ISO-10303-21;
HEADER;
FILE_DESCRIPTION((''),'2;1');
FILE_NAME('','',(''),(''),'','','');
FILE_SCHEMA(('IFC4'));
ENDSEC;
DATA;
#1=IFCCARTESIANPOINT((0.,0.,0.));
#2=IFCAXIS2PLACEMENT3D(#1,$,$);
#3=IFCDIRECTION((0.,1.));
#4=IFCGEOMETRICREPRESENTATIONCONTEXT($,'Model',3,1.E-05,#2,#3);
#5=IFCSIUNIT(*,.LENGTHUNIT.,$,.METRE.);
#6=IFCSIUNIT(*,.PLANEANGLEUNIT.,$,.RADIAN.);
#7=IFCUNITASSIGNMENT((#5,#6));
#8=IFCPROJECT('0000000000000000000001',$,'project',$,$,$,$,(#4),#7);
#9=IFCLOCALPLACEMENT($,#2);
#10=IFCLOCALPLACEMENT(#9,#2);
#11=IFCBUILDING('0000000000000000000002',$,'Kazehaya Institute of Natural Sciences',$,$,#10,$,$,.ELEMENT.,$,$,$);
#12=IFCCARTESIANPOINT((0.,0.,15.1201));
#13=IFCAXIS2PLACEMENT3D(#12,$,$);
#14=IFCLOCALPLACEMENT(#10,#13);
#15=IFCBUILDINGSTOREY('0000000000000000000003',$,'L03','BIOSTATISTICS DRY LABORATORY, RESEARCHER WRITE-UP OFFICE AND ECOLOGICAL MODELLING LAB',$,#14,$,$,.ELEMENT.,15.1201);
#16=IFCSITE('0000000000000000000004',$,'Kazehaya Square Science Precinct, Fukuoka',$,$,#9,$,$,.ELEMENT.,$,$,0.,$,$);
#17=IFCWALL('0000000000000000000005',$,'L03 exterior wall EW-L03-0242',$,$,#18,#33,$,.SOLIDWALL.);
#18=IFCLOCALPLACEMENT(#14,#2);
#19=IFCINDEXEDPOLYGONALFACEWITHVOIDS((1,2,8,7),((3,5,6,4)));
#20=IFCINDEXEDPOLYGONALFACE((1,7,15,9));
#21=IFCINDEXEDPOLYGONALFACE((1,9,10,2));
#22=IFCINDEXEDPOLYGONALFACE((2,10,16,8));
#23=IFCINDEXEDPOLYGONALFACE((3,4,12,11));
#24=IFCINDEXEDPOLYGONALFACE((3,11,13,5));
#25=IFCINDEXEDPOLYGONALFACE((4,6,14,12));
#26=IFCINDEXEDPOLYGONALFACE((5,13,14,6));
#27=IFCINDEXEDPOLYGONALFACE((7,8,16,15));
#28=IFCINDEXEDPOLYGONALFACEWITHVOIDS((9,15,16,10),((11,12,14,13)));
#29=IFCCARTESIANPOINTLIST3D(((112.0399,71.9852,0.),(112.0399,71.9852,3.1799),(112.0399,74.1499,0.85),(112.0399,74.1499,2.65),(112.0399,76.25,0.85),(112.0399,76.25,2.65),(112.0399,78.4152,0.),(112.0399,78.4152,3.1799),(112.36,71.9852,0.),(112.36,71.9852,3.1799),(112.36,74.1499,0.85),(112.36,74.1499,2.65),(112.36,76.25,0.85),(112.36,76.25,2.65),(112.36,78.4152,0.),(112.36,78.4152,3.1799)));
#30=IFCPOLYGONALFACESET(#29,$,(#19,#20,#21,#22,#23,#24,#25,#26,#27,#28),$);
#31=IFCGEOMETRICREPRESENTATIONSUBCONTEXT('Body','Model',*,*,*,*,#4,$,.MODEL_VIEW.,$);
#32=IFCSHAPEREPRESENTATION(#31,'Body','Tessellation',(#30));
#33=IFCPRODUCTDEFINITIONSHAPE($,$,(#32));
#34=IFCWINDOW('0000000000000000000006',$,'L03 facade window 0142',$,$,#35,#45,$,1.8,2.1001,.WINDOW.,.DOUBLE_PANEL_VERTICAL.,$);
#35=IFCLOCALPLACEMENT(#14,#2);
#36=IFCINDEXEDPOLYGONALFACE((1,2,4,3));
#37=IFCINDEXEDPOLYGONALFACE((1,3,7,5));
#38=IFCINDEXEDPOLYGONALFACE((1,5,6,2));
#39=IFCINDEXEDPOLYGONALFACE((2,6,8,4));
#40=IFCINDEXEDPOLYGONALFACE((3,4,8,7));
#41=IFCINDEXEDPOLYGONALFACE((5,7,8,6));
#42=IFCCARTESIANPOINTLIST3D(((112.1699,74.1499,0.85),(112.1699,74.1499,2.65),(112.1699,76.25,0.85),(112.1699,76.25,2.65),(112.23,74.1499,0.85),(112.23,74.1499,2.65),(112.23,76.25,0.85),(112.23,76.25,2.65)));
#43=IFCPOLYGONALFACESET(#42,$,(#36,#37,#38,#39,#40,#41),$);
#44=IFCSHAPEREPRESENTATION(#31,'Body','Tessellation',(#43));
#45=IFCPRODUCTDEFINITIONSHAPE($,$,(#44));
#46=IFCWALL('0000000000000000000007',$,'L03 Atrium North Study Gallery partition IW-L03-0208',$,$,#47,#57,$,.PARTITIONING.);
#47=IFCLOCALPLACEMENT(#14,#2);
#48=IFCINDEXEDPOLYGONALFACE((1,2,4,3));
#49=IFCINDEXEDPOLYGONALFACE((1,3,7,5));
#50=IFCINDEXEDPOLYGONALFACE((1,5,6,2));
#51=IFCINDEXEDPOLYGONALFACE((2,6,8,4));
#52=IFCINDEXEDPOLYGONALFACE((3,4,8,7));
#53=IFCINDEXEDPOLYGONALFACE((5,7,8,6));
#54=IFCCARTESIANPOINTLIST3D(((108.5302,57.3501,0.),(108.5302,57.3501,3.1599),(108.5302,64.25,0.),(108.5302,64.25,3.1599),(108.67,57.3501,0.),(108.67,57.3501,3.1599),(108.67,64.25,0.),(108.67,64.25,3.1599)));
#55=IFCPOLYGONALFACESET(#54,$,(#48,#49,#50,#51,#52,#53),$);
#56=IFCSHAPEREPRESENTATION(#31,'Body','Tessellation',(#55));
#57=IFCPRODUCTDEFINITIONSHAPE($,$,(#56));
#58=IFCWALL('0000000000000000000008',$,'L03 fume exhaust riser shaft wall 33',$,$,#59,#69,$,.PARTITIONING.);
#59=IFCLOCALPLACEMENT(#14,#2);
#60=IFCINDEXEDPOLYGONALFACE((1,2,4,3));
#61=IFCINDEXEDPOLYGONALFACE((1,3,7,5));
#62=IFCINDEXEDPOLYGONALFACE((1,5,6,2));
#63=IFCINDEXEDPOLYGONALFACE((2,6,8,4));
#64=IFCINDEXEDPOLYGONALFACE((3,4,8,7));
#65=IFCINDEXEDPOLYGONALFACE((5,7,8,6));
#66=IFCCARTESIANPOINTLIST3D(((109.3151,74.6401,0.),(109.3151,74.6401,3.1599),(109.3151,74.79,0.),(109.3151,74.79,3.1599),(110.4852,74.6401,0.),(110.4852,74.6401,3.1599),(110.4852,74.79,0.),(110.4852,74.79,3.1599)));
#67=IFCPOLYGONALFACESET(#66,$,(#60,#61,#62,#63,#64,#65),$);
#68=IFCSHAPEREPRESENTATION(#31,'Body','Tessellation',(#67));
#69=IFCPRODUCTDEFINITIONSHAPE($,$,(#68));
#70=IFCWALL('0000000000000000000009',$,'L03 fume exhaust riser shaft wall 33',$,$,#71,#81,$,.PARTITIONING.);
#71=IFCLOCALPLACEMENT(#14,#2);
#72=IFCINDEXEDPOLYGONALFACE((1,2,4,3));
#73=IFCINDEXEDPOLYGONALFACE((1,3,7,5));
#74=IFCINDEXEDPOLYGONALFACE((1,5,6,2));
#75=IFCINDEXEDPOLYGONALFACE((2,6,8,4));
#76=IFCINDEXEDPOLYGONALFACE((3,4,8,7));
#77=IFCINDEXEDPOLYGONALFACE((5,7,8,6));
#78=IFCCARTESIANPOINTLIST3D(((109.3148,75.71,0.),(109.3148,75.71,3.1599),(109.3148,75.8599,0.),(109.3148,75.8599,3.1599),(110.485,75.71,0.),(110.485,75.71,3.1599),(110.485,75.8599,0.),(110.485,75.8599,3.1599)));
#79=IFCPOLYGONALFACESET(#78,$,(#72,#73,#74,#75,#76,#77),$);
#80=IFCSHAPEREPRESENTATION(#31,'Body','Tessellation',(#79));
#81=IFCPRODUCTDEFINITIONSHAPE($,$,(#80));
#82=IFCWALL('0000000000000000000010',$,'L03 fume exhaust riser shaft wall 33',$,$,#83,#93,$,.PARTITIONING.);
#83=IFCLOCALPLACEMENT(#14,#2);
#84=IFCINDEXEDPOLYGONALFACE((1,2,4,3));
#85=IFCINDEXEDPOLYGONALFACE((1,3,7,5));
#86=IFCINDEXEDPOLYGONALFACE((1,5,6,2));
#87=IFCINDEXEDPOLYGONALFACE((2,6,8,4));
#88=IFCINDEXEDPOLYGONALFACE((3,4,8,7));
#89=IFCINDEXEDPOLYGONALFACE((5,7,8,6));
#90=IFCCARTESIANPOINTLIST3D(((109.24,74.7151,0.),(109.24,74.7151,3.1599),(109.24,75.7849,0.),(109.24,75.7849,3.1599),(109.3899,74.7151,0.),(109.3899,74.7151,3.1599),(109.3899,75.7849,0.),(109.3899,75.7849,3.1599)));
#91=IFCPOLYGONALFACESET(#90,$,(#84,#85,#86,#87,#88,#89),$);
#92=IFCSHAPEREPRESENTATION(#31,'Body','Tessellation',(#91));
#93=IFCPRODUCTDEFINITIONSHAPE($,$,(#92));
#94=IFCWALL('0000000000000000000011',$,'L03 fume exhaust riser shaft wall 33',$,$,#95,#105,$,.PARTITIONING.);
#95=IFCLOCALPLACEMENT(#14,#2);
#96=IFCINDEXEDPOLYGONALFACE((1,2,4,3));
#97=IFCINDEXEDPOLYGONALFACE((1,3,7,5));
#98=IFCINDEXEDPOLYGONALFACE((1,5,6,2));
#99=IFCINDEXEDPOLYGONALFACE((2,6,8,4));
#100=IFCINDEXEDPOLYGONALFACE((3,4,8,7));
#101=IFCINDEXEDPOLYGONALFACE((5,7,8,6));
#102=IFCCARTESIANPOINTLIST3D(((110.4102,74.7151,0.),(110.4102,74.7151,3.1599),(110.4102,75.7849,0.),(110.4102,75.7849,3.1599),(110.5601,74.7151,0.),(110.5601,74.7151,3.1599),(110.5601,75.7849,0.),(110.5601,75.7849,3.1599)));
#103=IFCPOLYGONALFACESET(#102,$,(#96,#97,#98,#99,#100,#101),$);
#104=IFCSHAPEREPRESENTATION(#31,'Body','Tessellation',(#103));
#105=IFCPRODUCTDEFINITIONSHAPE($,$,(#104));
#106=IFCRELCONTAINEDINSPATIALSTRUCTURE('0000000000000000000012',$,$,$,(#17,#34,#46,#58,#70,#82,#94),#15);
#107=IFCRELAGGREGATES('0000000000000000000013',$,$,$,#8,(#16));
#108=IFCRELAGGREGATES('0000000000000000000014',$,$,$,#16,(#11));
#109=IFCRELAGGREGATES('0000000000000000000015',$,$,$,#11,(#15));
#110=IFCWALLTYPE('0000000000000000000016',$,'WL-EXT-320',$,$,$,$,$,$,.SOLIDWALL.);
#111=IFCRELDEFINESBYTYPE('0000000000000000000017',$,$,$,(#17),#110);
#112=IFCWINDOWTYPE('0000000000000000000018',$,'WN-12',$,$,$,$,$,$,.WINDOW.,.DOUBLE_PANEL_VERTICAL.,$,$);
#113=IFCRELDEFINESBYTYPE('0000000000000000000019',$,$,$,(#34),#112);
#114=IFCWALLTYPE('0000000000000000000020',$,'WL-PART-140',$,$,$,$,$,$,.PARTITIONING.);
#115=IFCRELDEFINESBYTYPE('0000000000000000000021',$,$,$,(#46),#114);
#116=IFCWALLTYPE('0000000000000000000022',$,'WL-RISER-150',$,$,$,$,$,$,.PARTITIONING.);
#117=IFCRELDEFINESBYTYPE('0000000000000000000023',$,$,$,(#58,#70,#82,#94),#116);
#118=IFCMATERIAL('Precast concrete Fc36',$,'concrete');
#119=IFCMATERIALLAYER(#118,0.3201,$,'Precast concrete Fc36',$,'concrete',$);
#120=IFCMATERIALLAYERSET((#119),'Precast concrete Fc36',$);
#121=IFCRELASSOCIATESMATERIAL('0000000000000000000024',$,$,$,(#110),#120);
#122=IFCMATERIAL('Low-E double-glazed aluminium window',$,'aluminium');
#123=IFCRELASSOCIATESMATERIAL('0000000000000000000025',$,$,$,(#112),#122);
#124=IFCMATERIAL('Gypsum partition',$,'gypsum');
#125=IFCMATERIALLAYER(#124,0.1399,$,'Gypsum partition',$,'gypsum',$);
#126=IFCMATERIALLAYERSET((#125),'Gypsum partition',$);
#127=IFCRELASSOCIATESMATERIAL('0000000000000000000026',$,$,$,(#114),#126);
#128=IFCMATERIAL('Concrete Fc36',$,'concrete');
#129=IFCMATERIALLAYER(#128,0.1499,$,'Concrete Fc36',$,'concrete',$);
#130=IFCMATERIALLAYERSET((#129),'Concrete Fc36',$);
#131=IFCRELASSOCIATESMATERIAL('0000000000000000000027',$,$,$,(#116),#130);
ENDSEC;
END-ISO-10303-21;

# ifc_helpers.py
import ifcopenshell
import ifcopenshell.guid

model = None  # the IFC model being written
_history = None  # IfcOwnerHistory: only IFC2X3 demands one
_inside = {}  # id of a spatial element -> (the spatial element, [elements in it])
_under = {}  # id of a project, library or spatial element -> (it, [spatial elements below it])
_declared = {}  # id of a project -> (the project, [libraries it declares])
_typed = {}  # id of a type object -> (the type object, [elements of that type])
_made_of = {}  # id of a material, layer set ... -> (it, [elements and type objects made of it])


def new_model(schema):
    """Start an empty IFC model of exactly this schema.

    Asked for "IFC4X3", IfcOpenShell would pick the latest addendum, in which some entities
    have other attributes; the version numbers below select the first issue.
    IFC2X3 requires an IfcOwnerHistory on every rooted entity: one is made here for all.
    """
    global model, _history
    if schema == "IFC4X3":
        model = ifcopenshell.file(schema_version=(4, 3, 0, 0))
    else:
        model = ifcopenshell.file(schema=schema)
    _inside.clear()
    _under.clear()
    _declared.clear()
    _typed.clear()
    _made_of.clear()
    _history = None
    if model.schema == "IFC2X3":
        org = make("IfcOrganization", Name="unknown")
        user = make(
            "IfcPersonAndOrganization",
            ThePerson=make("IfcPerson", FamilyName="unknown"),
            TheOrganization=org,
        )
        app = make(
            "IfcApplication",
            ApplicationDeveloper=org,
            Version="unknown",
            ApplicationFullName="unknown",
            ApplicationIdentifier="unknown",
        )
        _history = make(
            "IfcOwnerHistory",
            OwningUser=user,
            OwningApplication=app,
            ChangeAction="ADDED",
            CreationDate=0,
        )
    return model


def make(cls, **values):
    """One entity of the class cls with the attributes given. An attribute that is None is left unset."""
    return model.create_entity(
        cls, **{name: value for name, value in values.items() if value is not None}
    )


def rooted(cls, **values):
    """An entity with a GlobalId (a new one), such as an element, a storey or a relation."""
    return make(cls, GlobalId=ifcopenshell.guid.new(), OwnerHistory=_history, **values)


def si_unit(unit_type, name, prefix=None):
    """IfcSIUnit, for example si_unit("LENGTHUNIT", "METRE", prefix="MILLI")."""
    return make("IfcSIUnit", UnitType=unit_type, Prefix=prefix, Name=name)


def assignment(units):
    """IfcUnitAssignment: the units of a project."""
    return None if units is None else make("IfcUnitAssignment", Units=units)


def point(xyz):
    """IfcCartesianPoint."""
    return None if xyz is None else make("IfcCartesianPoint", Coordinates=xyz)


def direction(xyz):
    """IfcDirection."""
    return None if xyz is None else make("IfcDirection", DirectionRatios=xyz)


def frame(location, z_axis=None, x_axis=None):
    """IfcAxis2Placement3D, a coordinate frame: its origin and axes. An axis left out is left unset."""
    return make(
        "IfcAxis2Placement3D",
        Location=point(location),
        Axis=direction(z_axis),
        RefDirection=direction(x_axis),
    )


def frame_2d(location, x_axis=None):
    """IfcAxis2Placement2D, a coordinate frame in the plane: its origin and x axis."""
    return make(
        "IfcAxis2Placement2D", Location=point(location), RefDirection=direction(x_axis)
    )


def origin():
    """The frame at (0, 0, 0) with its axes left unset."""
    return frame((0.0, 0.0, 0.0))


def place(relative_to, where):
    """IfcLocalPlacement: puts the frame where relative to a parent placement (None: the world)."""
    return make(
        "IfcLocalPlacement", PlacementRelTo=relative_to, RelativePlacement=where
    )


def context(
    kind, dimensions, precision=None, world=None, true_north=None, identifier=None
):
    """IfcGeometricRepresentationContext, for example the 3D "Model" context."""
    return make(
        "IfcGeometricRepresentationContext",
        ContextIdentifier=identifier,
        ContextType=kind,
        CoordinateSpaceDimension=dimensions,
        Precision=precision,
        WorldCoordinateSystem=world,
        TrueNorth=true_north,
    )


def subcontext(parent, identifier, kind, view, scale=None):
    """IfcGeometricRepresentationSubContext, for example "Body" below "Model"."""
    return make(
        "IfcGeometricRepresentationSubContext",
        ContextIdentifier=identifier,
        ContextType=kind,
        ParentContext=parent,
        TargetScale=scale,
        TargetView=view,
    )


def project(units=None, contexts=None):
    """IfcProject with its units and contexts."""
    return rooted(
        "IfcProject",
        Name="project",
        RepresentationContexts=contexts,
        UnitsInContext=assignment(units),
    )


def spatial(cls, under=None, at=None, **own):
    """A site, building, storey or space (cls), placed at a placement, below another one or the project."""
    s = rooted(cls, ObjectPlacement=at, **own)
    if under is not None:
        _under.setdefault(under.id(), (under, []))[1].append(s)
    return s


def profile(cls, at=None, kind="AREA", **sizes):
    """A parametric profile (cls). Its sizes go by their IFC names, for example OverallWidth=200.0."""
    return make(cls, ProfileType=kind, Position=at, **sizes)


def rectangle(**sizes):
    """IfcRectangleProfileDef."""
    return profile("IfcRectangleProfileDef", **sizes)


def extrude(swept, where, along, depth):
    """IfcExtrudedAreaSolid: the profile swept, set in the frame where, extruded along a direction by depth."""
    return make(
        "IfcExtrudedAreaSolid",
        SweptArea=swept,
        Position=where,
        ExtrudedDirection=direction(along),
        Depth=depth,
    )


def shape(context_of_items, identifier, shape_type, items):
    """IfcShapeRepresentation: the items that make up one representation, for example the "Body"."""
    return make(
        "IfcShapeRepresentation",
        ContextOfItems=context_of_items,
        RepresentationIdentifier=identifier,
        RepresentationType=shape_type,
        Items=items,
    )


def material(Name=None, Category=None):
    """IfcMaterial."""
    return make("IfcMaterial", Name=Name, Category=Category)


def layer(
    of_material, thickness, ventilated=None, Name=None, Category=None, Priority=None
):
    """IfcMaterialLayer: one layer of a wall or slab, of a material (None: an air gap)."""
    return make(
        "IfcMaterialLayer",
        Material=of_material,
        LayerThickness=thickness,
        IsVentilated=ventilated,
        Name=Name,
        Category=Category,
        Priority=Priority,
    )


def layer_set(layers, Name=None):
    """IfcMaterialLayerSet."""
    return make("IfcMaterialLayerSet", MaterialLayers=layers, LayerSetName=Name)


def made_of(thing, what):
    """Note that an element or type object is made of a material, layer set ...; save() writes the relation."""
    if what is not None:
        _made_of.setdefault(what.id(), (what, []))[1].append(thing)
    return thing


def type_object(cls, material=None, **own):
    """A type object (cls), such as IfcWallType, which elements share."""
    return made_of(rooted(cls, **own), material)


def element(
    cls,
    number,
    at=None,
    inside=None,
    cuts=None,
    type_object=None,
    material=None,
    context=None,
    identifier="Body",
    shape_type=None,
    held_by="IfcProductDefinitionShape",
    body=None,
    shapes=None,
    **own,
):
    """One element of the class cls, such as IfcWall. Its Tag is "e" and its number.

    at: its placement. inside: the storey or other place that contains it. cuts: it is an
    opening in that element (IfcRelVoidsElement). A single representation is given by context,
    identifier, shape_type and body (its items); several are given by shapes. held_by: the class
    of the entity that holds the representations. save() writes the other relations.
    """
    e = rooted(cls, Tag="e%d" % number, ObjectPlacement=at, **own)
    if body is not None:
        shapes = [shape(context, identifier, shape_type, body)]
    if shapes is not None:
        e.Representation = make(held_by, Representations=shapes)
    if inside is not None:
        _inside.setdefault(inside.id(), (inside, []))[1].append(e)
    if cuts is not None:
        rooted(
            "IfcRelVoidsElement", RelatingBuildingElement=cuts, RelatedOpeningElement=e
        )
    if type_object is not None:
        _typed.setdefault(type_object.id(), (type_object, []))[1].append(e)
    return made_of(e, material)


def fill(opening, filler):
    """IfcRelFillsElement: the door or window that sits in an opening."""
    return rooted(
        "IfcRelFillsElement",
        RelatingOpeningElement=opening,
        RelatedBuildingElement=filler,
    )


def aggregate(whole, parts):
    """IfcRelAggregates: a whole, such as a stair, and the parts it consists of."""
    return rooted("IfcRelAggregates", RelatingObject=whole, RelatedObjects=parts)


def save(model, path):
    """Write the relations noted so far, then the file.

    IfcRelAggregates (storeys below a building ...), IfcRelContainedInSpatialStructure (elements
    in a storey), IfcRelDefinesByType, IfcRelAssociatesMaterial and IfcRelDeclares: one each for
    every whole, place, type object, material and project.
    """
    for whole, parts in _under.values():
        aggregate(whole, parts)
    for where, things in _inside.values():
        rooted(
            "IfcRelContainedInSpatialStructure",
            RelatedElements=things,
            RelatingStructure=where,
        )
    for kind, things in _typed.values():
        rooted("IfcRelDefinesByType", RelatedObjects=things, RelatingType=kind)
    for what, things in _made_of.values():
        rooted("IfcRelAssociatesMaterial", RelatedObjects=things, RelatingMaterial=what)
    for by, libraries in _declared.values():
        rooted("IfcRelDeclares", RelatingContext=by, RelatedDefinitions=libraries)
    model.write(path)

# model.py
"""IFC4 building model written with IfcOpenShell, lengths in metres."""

from ifc_helpers import new_model, si_unit, direction, frame, frame_2d, origin, place, context, subcontext, project, spatial, rectangle, extrude, material, layer, layer_set, type_object, element, fill, save


model = new_model("IFC4")

# Units and contexts
model_context = context("Model", 3, precision=1e-05, world=origin(), true_north=direction((0.0, 1.0)))
body_context = subcontext(model_context, "Body", "Model", "MODEL_VIEW")
ifc_project = project(units=[si_unit("LENGTHUNIT", "METRE"), si_unit("PLANEANGLEUNIT", "RADIAN")], contexts=[model_context])

# Site, building, storey
site_placement = place(None, origin())
site = spatial("IfcSite", under=ifc_project, at=site_placement, Name="Kazehaya Square Science Precinct, Fukuoka", CompositionType="ELEMENT", RefElevation=0.0)
building_placement = place(site_placement, origin())
building = spatial("IfcBuilding", under=site, at=building_placement, Name="Kazehaya Institute of Natural Sciences", CompositionType="ELEMENT")
storey_placement = place(building_placement, frame((0.0, 0.0, 15.1201)))
storey = spatial("IfcBuildingStorey", under=building, at=storey_placement, Name="L03", Description="BIOSTATISTICS DRY LABORATORY, RESEARCHER WRITE-UP OFFICE AND ECOLOGICAL MODELLING LAB", CompositionType="ELEMENT", Elevation=15.1201)

# Shared definitions
ifc_material_1 = material(Name="Concrete Fc36", Category="concrete")

# Shared definitions
ifc_material_2 = material(Name="Precast concrete Fc36", Category="concrete")
ifc_material_3 = material(Name="Low-E double-glazed aluminium window", Category="aluminium")

# Wall, opening, window
ifc_layer_1 = layer(ifc_material_2, 0.3201, Name="Precast concrete Fc36", Category="concrete")
ifc_layer_set_1 = layer_set([ifc_layer_1], Name="Precast concrete Fc36")
wall_type_1 = type_object("IfcWallType", Name="WL-EXT-320", PredefinedType="SOLIDWALL", material=ifc_layer_set_1)
wall_1_placement = place(storey_placement, frame((112.2, 78.415, 0.0), z_axis=(0.0, 0.0, 1.0), x_axis=(0.0, -1.0, 0.0)))
wall_1 = element("IfcWall", 1, at=wall_1_placement, inside=storey, type_object=wall_type_1, Name="L03 exterior wall EW-L03-0242", PredefinedType="SOLIDWALL", context=body_context, shape_type="SweptSolid", body=[
    extrude(rectangle(XDim=6.4299, YDim=0.3201, at=frame_2d((3.2148, 0.0))), origin(), (0.0, 0.0, 1.0), 3.1799),
])
opening_1_placement = place(wall_1_placement, frame((2.165, 0.0, 0.8501)))
opening_1 = element("IfcOpeningElement", 2, at=opening_1_placement, cuts=wall_1, PredefinedType="OPENING", context=body_context, shape_type="SweptSolid", body=[
    extrude(rectangle(XDim=2.1001, YDim=1.8, at=frame_2d((1.05, 0.8999))), frame((0.0, 0.1699, 0.0), z_axis=(0.0, -1.0, 0.0), x_axis=(1.0, 0.0, 0.0)), (0.0, 0.0, 1.0), 0.3401),
])
window_type_1 = type_object("IfcWindowType", Name="WN-12", PartitioningType="DOUBLE_PANEL_VERTICAL", PredefinedType="WINDOW", material=ifc_material_3)
window_1_placement = place(opening_1_placement, origin())
window_1 = element("IfcWindow", 3, at=window_1_placement, inside=storey, type_object=window_type_1, Name="L03 facade window 0142", OverallHeight=1.8, OverallWidth=2.1001, PartitioningType="DOUBLE_PANEL_VERTICAL", PredefinedType="WINDOW", context=body_context, shape_type="SweptSolid", body=[
    extrude(rectangle(XDim=2.1001, YDim=1.8, at=frame_2d((1.05, 0.8999))), frame((0.0, 0.03, 0.0), z_axis=(0.0, -1.0, 0.0), x_axis=(1.0, 0.0, 0.0)), (0.0, 0.0, 1.0), 0.0601),
])
fill(opening_1, window_1)

# Walls
ifc_material_4 = material(Name="Gypsum partition", Category="gypsum")
ifc_layer_2 = layer(ifc_material_4, 0.1399, Name="Gypsum partition", Category="gypsum")
ifc_layer_set_2 = layer_set([ifc_layer_2], Name="Gypsum partition")
wall_type_2 = type_object("IfcWallType", Name="WL-PART-140", PredefinedType="PARTITIONING", material=ifc_layer_set_2)
wall_2_placement = place(storey_placement, frame((108.6001, 64.25, 0.0), z_axis=(0.0, 0.0, 1.0), x_axis=(0.0, -1.0, 0.0)))
element("IfcWall", 4, at=wall_2_placement, inside=storey, type_object=wall_type_2, Name="L03 Atrium North Study Gallery partition IW-L03-0208", PredefinedType="PARTITIONING", context=body_context, shape_type="SweptSolid", body=[
    extrude(rectangle(XDim=6.8999, YDim=0.1399, at=frame_2d((3.45, 0.0))), origin(), (0.0, 0.0, 1.0), 3.1599),
])
ifc_layer_3 = layer(ifc_material_1, 0.1499, Name="Concrete Fc36", Category="concrete")
ifc_layer_set_3 = layer_set([ifc_layer_3], Name="Concrete Fc36")
wall_type_3 = type_object("IfcWallType", Name="WL-RISER-150", PredefinedType="PARTITIONING", material=ifc_layer_set_3)
for number, where, z_axis, x_axis, name in (
    (5, (110.4851, 74.7151, 0.0), (0.0, 0.0, 1.0), (-1.0, 0.0, 0.0), "L03 fume exhaust riser shaft wall 33"),
    (6, (109.3149, 75.7849, 0.0), (0.0, 0.0, 1.0), (1.0, 0.0, 0.0), "L03 fume exhaust riser shaft wall 33"),
):
    element("IfcWall", number, at=place(storey_placement, frame(where, z_axis=z_axis, x_axis=x_axis)), inside=storey, type_object=wall_type_3, Name=name, PredefinedType="PARTITIONING", context=body_context, shape_type="SweptSolid", body=[
        extrude(rectangle(XDim=1.1702, YDim=0.1499, at=frame_2d((0.585, 0.0))), origin(), (0.0, 0.0, 1.0), 3.1599),
    ])
for number, where, z_axis, x_axis, name in (
    (7, (109.3149, 74.7151, 0.0), (0.0, 0.0, 1.0), (0.0, 1.0, 0.0), "L03 fume exhaust riser shaft wall 33"),
    (8, (110.4851, 75.7849, 0.0), (0.0, 0.0, 1.0), (0.0, -1.0, 0.0), "L03 fume exhaust riser shaft wall 33"),
):
    element("IfcWall", number, at=place(storey_placement, frame(where, z_axis=z_axis, x_axis=x_axis)), inside=storey, type_object=wall_type_3, Name=name, PredefinedType="PARTITIONING", context=body_context, shape_type="SweptSolid", body=[
        extrude(rectangle(XDim=1.0698, YDim=0.1499, at=frame_2d((0.5349, 0.0))), origin(), (0.0, 0.0, 1.0), 3.1599),
    ])

save(model, "model.ifc")
